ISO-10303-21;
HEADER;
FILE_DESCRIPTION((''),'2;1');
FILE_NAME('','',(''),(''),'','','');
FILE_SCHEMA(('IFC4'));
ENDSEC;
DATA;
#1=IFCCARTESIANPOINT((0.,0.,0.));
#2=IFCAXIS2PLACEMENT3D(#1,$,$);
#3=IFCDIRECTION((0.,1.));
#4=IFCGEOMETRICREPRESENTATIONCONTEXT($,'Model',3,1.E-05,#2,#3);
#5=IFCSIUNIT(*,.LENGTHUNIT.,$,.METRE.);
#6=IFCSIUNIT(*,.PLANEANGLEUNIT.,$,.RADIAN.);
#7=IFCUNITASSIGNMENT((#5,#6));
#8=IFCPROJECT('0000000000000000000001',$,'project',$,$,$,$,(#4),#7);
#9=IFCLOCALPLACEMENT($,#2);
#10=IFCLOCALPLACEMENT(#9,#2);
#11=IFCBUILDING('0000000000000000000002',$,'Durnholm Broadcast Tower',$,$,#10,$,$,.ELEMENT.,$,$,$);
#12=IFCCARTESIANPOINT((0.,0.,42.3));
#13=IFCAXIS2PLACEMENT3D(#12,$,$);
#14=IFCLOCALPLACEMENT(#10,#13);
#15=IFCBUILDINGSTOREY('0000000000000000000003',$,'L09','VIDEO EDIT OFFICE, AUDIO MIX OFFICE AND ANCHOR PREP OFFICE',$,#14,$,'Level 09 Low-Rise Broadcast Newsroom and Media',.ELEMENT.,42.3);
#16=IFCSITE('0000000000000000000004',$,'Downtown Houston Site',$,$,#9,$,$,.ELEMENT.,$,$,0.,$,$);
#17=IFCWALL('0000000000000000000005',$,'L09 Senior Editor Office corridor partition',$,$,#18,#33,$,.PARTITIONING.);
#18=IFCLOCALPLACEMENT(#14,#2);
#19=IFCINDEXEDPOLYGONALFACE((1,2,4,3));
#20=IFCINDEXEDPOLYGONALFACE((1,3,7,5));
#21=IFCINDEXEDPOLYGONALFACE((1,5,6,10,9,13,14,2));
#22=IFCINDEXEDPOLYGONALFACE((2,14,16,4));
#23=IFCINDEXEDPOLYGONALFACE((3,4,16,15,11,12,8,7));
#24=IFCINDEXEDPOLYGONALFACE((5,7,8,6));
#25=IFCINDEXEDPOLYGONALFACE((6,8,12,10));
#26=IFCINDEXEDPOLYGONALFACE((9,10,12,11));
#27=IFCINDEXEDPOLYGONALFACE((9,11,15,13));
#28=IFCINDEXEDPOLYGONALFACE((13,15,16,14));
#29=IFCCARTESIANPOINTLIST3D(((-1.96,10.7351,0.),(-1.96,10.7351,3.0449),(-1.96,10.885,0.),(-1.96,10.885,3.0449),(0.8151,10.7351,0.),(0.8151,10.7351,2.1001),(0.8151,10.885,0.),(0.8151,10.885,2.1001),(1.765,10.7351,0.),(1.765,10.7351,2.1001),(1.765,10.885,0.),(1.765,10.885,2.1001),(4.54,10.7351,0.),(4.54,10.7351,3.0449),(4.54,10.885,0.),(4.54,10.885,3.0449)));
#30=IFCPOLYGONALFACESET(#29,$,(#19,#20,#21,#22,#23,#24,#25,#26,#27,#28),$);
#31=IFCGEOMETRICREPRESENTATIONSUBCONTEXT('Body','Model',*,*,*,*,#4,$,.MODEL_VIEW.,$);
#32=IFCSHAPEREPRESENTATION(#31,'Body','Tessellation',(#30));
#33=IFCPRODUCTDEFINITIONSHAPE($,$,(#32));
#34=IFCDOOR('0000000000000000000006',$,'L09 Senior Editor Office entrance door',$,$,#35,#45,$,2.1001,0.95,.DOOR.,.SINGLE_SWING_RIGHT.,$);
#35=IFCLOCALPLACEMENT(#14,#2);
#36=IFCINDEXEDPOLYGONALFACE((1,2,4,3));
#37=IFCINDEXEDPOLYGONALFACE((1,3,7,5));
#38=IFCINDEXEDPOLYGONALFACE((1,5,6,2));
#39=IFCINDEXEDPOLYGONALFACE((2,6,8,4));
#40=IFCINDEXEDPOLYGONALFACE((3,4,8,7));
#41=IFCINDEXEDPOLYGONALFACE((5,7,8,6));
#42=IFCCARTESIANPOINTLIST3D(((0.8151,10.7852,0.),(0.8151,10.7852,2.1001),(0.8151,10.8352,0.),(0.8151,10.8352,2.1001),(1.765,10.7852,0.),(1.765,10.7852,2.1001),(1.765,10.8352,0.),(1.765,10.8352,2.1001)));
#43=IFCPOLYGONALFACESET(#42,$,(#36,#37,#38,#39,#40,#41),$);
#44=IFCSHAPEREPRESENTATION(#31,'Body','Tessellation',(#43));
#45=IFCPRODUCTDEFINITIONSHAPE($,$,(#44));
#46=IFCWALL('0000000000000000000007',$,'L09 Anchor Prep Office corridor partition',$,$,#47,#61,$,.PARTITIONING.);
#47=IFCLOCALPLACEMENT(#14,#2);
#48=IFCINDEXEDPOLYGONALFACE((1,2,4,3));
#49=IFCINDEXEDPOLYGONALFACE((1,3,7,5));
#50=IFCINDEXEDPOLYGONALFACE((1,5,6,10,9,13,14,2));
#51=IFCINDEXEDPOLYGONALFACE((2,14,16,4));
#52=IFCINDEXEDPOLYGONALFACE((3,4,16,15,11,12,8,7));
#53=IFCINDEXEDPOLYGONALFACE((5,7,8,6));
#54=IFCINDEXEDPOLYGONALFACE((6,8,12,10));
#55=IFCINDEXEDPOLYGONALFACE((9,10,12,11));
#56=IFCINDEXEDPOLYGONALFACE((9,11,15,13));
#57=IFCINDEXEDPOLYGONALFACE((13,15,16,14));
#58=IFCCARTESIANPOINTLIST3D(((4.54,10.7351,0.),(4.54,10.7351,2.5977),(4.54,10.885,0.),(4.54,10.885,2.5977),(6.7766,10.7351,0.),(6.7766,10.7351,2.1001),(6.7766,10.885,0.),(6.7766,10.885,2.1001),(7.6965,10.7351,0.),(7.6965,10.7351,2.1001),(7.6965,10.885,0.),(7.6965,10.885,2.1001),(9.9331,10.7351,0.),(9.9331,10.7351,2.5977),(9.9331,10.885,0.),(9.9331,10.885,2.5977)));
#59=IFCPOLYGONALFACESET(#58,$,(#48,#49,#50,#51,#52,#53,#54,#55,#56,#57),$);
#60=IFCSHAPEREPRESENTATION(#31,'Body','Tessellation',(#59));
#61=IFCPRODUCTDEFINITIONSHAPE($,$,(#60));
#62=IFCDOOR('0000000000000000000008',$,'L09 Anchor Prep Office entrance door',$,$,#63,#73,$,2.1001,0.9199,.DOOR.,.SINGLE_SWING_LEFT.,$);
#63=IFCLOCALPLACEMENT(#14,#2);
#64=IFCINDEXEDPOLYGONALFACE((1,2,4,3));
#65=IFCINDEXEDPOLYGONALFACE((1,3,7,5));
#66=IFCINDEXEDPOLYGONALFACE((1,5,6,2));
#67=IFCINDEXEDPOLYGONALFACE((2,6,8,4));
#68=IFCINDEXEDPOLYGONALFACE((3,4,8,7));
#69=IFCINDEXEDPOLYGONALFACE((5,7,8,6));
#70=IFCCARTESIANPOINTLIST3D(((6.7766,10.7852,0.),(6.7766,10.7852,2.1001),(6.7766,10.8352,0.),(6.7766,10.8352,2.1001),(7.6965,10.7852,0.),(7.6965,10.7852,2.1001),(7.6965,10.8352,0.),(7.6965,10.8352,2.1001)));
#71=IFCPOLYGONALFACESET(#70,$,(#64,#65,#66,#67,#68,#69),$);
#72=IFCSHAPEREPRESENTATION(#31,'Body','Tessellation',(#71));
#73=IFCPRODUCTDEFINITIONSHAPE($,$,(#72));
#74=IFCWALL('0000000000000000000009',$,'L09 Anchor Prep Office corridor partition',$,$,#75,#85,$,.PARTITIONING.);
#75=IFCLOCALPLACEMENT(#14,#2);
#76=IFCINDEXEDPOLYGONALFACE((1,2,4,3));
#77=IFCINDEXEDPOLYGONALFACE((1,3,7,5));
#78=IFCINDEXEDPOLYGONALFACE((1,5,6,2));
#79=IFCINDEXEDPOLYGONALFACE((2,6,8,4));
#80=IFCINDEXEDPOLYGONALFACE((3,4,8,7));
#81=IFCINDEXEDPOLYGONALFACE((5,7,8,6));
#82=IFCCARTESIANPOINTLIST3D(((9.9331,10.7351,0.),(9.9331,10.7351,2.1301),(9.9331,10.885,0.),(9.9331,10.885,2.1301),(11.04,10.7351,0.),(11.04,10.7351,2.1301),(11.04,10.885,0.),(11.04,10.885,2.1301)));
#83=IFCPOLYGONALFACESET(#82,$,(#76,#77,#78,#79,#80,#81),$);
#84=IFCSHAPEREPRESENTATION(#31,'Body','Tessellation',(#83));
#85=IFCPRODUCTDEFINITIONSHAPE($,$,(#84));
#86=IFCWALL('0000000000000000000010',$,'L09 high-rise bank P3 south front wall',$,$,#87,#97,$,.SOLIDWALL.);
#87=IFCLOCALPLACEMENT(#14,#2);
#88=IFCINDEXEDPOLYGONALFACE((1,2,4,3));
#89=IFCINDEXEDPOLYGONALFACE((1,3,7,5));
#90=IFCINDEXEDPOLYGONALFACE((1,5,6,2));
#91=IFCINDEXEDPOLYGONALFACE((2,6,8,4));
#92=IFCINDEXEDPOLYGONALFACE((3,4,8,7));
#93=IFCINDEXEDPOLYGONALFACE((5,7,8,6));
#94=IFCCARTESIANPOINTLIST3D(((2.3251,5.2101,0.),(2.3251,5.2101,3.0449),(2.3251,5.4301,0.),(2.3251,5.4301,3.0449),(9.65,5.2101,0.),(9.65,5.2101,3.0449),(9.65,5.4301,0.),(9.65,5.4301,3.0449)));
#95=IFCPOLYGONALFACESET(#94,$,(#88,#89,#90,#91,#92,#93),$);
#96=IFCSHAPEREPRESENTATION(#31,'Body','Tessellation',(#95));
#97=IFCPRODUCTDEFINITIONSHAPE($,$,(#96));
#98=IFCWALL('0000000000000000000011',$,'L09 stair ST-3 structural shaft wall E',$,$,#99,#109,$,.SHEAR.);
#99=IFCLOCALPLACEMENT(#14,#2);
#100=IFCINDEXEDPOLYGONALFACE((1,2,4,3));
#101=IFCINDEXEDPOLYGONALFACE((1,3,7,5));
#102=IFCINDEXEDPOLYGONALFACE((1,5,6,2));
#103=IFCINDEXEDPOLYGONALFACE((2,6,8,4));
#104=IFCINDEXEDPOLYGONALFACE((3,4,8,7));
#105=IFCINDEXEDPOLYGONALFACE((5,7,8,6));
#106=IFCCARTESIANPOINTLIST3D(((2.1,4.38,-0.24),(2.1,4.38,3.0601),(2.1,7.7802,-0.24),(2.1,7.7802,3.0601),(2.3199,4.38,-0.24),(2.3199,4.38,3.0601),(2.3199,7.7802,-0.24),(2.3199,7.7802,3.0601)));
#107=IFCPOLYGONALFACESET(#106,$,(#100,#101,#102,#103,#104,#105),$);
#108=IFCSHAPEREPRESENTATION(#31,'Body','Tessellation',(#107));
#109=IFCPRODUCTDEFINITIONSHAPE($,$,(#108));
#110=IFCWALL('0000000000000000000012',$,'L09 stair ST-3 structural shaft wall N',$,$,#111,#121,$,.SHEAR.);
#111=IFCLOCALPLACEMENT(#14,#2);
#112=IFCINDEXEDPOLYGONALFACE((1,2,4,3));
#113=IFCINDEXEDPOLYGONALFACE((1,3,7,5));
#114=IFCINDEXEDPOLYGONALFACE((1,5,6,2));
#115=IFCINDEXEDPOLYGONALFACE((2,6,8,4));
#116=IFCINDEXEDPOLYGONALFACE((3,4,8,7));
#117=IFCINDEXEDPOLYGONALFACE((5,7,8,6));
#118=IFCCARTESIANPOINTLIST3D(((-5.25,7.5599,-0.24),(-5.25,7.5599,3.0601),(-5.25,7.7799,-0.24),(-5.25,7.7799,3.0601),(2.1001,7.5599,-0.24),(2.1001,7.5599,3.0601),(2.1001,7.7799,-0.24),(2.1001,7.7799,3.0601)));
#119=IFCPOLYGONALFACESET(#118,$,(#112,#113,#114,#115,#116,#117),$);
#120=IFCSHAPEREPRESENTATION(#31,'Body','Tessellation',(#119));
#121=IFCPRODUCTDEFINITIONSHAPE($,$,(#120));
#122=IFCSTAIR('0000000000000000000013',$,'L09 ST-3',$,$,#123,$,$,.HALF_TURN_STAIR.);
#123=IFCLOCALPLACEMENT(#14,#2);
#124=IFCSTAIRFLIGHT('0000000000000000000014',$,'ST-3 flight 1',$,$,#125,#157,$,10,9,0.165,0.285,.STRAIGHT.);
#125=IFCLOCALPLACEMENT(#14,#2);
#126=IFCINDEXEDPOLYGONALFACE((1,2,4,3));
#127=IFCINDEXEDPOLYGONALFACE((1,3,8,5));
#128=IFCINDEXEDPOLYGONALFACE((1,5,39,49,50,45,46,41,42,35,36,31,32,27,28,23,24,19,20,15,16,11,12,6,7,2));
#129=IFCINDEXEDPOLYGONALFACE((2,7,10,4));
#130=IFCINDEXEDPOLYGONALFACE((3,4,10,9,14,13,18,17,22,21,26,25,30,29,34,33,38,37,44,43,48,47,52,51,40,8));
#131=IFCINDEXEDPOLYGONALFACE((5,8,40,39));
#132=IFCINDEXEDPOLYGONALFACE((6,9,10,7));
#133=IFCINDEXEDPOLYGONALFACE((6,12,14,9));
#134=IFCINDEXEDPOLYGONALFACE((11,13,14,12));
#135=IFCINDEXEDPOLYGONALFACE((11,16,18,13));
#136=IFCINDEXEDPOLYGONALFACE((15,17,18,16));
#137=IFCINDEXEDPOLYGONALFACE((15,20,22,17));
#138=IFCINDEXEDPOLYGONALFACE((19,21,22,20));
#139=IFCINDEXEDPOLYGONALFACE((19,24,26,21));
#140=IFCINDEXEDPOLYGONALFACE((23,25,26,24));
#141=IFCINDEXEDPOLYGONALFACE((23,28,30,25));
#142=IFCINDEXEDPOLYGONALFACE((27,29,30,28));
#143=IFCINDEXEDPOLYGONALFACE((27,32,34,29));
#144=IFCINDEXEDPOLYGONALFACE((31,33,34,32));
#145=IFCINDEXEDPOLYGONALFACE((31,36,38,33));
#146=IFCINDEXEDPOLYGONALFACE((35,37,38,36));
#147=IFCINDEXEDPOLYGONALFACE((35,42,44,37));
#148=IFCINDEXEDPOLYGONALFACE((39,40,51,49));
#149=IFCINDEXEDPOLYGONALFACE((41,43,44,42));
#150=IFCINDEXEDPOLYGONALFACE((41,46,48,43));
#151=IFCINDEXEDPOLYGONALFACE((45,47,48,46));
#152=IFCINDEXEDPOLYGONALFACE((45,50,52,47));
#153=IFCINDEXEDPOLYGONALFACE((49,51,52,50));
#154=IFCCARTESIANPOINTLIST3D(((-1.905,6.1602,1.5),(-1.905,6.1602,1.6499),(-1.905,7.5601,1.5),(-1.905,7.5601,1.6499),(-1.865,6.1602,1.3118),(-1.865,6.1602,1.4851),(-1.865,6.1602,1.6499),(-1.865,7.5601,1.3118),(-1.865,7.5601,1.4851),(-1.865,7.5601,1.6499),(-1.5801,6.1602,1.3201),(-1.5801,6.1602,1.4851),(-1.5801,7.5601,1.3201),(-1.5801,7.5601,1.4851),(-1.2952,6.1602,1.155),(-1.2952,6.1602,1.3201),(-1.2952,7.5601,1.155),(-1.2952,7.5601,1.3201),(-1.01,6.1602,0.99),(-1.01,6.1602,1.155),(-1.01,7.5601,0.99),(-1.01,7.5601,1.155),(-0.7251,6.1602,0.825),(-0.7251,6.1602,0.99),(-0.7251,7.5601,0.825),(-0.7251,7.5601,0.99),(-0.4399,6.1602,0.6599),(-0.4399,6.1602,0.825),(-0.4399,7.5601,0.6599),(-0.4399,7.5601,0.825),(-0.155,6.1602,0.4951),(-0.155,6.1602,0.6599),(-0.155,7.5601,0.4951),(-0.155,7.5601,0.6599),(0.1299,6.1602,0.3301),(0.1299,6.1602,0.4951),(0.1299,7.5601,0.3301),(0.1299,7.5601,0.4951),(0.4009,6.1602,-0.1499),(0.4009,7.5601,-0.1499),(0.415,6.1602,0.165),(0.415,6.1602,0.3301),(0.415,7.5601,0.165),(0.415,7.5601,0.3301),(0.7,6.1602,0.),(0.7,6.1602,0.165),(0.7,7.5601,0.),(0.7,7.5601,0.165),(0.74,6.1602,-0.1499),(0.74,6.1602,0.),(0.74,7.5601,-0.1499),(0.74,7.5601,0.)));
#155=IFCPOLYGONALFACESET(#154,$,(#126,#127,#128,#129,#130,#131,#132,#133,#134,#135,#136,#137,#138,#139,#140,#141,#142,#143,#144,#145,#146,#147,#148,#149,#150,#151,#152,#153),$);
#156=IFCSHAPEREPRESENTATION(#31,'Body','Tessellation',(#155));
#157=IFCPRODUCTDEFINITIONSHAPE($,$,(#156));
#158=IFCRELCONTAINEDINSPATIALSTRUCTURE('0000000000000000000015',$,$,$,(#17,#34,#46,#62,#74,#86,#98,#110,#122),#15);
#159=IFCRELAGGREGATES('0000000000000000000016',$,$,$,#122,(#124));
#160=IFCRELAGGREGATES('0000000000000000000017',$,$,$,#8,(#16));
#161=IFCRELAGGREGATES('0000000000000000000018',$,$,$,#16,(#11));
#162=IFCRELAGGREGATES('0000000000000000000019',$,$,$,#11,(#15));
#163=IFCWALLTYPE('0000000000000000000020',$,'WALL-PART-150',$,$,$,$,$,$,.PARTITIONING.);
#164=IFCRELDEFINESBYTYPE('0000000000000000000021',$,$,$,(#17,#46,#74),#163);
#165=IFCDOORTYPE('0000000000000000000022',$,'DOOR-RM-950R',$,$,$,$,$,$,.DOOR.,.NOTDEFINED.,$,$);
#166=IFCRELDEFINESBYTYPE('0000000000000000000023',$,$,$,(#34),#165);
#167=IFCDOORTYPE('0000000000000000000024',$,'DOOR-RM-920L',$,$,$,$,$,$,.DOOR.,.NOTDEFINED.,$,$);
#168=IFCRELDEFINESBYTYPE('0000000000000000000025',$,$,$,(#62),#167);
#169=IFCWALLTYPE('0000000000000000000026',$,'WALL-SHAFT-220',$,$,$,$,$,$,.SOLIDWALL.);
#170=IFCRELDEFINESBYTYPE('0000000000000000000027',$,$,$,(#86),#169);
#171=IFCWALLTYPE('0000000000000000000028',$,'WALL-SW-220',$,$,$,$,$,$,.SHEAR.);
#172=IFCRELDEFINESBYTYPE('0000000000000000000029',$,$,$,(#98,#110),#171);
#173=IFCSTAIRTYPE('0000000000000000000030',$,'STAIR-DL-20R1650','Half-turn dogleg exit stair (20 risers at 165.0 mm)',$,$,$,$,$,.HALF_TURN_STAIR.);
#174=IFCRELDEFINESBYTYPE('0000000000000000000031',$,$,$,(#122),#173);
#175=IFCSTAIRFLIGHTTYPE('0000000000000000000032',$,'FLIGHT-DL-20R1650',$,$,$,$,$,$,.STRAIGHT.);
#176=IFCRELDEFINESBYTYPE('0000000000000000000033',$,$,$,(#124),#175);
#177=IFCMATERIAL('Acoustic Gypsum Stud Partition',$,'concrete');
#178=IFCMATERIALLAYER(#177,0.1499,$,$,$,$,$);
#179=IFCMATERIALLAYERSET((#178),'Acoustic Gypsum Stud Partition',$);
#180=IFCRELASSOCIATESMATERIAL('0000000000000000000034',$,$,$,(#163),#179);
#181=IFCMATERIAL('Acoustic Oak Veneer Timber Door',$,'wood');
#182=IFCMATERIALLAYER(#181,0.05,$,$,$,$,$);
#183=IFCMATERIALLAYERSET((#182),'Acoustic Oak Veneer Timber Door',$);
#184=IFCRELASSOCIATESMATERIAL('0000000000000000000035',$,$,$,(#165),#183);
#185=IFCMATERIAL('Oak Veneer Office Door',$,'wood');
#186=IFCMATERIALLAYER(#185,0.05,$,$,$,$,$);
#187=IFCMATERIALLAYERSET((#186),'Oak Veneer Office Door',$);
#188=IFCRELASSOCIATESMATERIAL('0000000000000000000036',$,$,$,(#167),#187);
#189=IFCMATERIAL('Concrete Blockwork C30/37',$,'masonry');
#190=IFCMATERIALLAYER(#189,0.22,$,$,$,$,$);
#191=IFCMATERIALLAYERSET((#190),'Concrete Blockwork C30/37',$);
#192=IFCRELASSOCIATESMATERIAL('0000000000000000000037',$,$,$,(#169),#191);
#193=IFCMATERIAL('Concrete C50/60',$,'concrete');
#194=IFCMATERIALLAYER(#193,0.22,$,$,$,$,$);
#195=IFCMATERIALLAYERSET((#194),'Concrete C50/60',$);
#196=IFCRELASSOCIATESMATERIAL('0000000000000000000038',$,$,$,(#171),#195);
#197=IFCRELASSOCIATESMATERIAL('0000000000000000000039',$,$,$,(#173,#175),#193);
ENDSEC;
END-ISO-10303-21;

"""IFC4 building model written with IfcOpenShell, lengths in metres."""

from ifc_helpers import new_model, si_unit, direction, frame, frame_2d, origin, place, context, subcontext, project, spatial, polyline, rectangle, outline, extrude, source, transform, mapped, material, layer, layer_set, type_object, type_shapes, element, fill, aggregate, save


model = new_model("IFC4")

# Units and contexts
model_context = context("Model", 3, precision=1e-05, world=origin(), true_north=direction((0.0, 1.0)))
body_context = subcontext(model_context, "Body", "Model", "MODEL_VIEW")
ifc_project = project(units=[si_unit("LENGTHUNIT", "METRE"), si_unit("PLANEANGLEUNIT", "RADIAN")], contexts=[model_context])

# Site, building, storey
site_placement = place(None, origin())
site = spatial("IfcSite", under=ifc_project, at=site_placement, Name="Downtown Houston Site", CompositionType="ELEMENT", RefElevation=0.0)
building_placement = place(site_placement, origin())
building = spatial("IfcBuilding", under=site, at=building_placement, Name="Durnholm Broadcast Tower", CompositionType="ELEMENT")
storey_placement = place(building_placement, frame((0.0, 0.0, 42.3)))
storey = spatial("IfcBuildingStorey", under=building, at=storey_placement, Name="L09", Description="VIDEO EDIT OFFICE, AUDIO MIX OFFICE AND ANCHOR PREP OFFICE", LongName="Level 09 Low-Rise Broadcast Newsroom and Media", CompositionType="ELEMENT", Elevation=42.3)

# Walls, openings, doors
ifc_material_1 = material(Name="Acoustic Gypsum Stud Partition", Category="concrete")
ifc_layer_1 = layer(ifc_material_1, 0.1499)
ifc_layer_set_1 = layer_set([ifc_layer_1], Name="Acoustic Gypsum Stud Partition")
wall_type_1 = type_object("IfcWallType", Name="WALL-PART-150", PredefinedType="PARTITIONING", material=ifc_layer_set_1)
wall_1_placement = place(storey_placement, frame((4.54, 10.8101, 0.0), z_axis=(0.0, 0.0, 1.0), x_axis=(-1.0, 0.0, 0.0)))
wall_1 = element("IfcWall", 1, at=wall_1_placement, inside=storey, type_object=wall_type_1, Name="L09 Senior Editor Office corridor partition", PredefinedType="PARTITIONING", context=body_context, shape_type="SweptSolid", body=[
    extrude(rectangle(XDim=6.5, YDim=0.1499, at=frame_2d((3.25, 0.0))), origin(), (0.0, 0.0, 1.0), 3.0449),
])
opening_1_placement = place(wall_1_placement, frame((2.7749, 0.0, 0.0)))
opening_1 = element("IfcOpeningElement", 2, at=opening_1_placement, cuts=wall_1, PredefinedType="OPENING", context=body_context, shape_type="SweptSolid", body=[
    extrude(rectangle(XDim=0.95, YDim=2.1001, at=frame_2d((0.4751, 1.05))), frame((0.0, 0.085, 0.0), z_axis=(0.0, -1.0, 0.0), x_axis=(1.0, 0.0, 0.0)), (0.0, 0.0, 1.0), 0.1699),
])
ifc_material_2 = material(Name="Acoustic Oak Veneer Timber Door", Category="wood")
ifc_layer_2 = layer(ifc_material_2, 0.05)
ifc_layer_set_2 = layer_set([ifc_layer_2], Name="Acoustic Oak Veneer Timber Door")
door_type_1 = type_object("IfcDoorType", Name="DOOR-RM-950R", OperationType="NOTDEFINED", PredefinedType="DOOR", material=ifc_layer_set_2)
shared_shape_1 = source(origin(), body_context, "Body", "SweptSolid", [
    extrude(rectangle(XDim=0.95, YDim=2.1001, at=frame_2d((0.4751, 1.05))), frame((0.0, 0.0249, 0.0), z_axis=(0.0, -1.0, 0.0), x_axis=(1.0, 0.0, 0.0)), (0.0, 0.0, 1.0), 0.05),
])
type_shapes(door_type_1, [shared_shape_1])
door_1_placement = place(opening_1_placement, origin())
door_1 = element("IfcDoor", 3, at=door_1_placement, inside=storey, type_object=door_type_1, Name="L09 Senior Editor Office entrance door", OperationType="SINGLE_SWING_RIGHT", OverallHeight=2.1001, OverallWidth=0.95, PredefinedType="DOOR", context=body_context, shape_type="MappedRepresentation", body=[
    mapped(shared_shape_1, transform((0.0, 0.0, 0.0), x_axis=(1.0, 0.0, 0.0), y_axis=(0.0, 1.0, 0.0), z_axis=(0.0, 0.0, 1.0), scale=1.0)),
])
fill(opening_1, door_1)
wall_2_placement = place(storey_placement, frame((9.9331, 10.8101, 0.0), z_axis=(0.0, 0.0, 1.0), x_axis=(-1.0, 0.0, 0.0)))
wall_2 = element("IfcWall", 4, at=wall_2_placement, inside=storey, type_object=wall_type_1, Name="L09 Anchor Prep Office corridor partition", PredefinedType="PARTITIONING", context=body_context, shape_type="SweptSolid", body=[
    extrude(rectangle(XDim=5.3931, YDim=0.1499, at=frame_2d((2.6965, 0.0))), origin(), (0.0, 0.0, 1.0), 2.5977),
])
opening_2_placement = place(wall_2_placement, frame((2.2366, 0.0, 0.0)))
opening_2 = element("IfcOpeningElement", 5, at=opening_2_placement, cuts=wall_2, PredefinedType="OPENING", context=body_context, shape_type="SweptSolid", body=[
    extrude(rectangle(XDim=0.9199, YDim=2.1001, at=frame_2d((0.46, 1.05))), frame((0.0, 0.085, 0.0), z_axis=(0.0, -1.0, 0.0), x_axis=(1.0, 0.0, 0.0)), (0.0, 0.0, 1.0), 0.1699),
])
ifc_material_3 = material(Name="Oak Veneer Office Door", Category="wood")
ifc_layer_3 = layer(ifc_material_3, 0.05)
ifc_layer_set_3 = layer_set([ifc_layer_3], Name="Oak Veneer Office Door")
door_type_2 = type_object("IfcDoorType", Name="DOOR-RM-920L", OperationType="NOTDEFINED", PredefinedType="DOOR", material=ifc_layer_set_3)
shared_shape_2 = source(origin(), body_context, "Body", "SweptSolid", [
    extrude(rectangle(XDim=0.9199, YDim=2.1001, at=frame_2d((0.46, 1.05))), frame((0.0, 0.0249, 0.0), z_axis=(0.0, -1.0, 0.0), x_axis=(1.0, 0.0, 0.0)), (0.0, 0.0, 1.0), 0.05),
])
type_shapes(door_type_2, [shared_shape_2])
door_2_placement = place(opening_2_placement, origin())
door_2 = element("IfcDoor", 6, at=door_2_placement, inside=storey, type_object=door_type_2, Name="L09 Anchor Prep Office entrance door", OperationType="SINGLE_SWING_LEFT", OverallHeight=2.1001, OverallWidth=0.9199, PredefinedType="DOOR", context=body_context, shape_type="MappedRepresentation", body=[
    mapped(shared_shape_2, transform((0.0, 0.0, 0.0), x_axis=(1.0, 0.0, 0.0), y_axis=(0.0, 1.0, 0.0), z_axis=(0.0, 0.0, 1.0), scale=1.0)),
])
fill(opening_2, door_2)

# Wall
wall_3_placement = place(storey_placement, frame((11.04, 10.8101, 0.0), z_axis=(0.0, 0.0, 1.0), x_axis=(-1.0, 0.0, 0.0)))
element("IfcWall", 7, at=wall_3_placement, inside=storey, type_object=wall_type_1, Name="L09 Anchor Prep Office corridor partition", PredefinedType="PARTITIONING", context=body_context, shape_type="SweptSolid", body=[
    extrude(rectangle(XDim=1.1069, YDim=0.1499, at=frame_2d((0.5535, 0.0))), origin(), (0.0, 0.0, 1.0), 2.1301),
])

# Shared definitions
ifc_material_4 = material(Name="Concrete Blockwork C30/37", Category="masonry")
ifc_layer_4 = layer(ifc_material_4, 0.22)
ifc_layer_set_4 = layer_set([ifc_layer_4], Name="Concrete Blockwork C30/37")
wall_type_2 = type_object("IfcWallType", Name="WALL-SHAFT-220", PredefinedType="SOLIDWALL", material=ifc_layer_set_4)

# Walls
wall_4_placement = place(storey_placement, frame((2.325, 5.3201, 0.0), z_axis=(0.0, 0.0, 1.0), x_axis=(1.0, 0.0, 0.0)))
element("IfcWall", 8, at=wall_4_placement, inside=storey, type_object=wall_type_2, Name="L09 high-rise bank P3 south front wall", PredefinedType="SOLIDWALL", context=body_context, shape_type="SweptSolid", body=[
    extrude(rectangle(XDim=7.325, YDim=0.22, at=frame_2d((3.6626, 0.0))), origin(), (0.0, 0.0, 1.0), 3.0449),
])
ifc_material_5 = material(Name="Concrete C50/60", Category="concrete")
ifc_layer_5 = layer(ifc_material_5, 0.22)
ifc_layer_set_5 = layer_set([ifc_layer_5], Name="Concrete C50/60")
wall_type_3 = type_object("IfcWallType", Name="WALL-SW-220", PredefinedType="SHEAR", material=ifc_layer_set_5)
wall_5_placement = place(storey_placement, frame((2.21, 4.3799, -0.24), z_axis=(0.0, 0.0, 1.0), x_axis=(0.0, 1.0, 0.0)))
element("IfcWall", 9, at=wall_5_placement, inside=storey, type_object=wall_type_3, Name="L09 stair ST-3 structural shaft wall E", PredefinedType="SHEAR", context=body_context, shape_type="SweptSolid", body=[
    extrude(rectangle(XDim=3.4001, YDim=0.22, at=frame_2d((1.7002, 0.0))), origin(), (0.0, 0.0, 1.0), 3.3),
])
wall_6_placement = place(storey_placement, frame((2.1001, 7.6699, -0.24), z_axis=(0.0, 0.0, 1.0), x_axis=(-1.0, 0.0, 0.0)))
element("IfcWall", 10, at=wall_6_placement, inside=storey, type_object=wall_type_3, Name="L09 stair ST-3 structural shaft wall N", PredefinedType="SHEAR", context=body_context, shape_type="SweptSolid", body=[
    extrude(rectangle(XDim=7.3501, YDim=0.22, at=frame_2d((3.675, 0.0))), origin(), (0.0, 0.0, 1.0), 3.3),
])

# Stair, stair flight
stair_type = type_object("IfcStairType", Name="STAIR-DL-20R1650", Description="Half-turn dogleg exit stair (20 risers at 165.0 mm)", PredefinedType="HALF_TURN_STAIR", material=ifc_material_5)
stair_placement = place(storey_placement, origin())
stair = element("IfcStair", 11, at=stair_placement, inside=storey, type_object=stair_type, Name="L09 ST-3", PredefinedType="HALF_TURN_STAIR")
stair_flight_type = type_object("IfcStairFlightType", Name="FLIGHT-DL-20R1650", PredefinedType="STRAIGHT", material=ifc_material_5)
stair_flight_placement = place(storey_placement, frame((0.7, 6.8601, 0.0), z_axis=(0.0, 0.0, 1.0), x_axis=(-1.0, 0.0, 0.0)))
stair_flight = element("IfcStairFlight", 12, at=stair_flight_placement, type_object=stair_flight_type, Name="ST-3 flight 1", NumberOfRisers=10, NumberOfTreads=9, PredefinedType="STRAIGHT", RiserHeight=0.165, TreadLength=0.285, context=body_context, shape_type="SweptSolid", body=[
    extrude(outline(polyline([(-0.04, -0.1499), (-0.04, 0.0), (0.0, 0.0), (0.0, 0.165), (0.2849, 0.165), (0.2849, 0.3301), (0.5701, 0.3301), (0.5701, 0.4951), (0.855, 0.4951), (0.855, 0.6599), (1.1399, 0.6599), (1.1399, 0.825), (1.425, 0.825), (1.425, 0.99), (1.71, 0.99), (1.71, 1.155), (1.9951, 1.155), (1.9951, 1.3201), (2.28, 1.3201), (2.28, 1.4851), (2.5649, 1.4851), (2.5649, 1.6499), (2.605, 1.6499), (2.605, 1.5), (2.5649, 1.3118), (0.2991, -0.1499), (-0.04, -0.1499)])), frame((0.0, 0.7, 0.0), z_axis=(0.0, -1.0, 0.0), x_axis=(1.0, 0.0, 0.0)), (0.0, 0.0, 1.0), 1.3999),
])
aggregate(stair, [stair_flight])

save(model, "model.ifc")
